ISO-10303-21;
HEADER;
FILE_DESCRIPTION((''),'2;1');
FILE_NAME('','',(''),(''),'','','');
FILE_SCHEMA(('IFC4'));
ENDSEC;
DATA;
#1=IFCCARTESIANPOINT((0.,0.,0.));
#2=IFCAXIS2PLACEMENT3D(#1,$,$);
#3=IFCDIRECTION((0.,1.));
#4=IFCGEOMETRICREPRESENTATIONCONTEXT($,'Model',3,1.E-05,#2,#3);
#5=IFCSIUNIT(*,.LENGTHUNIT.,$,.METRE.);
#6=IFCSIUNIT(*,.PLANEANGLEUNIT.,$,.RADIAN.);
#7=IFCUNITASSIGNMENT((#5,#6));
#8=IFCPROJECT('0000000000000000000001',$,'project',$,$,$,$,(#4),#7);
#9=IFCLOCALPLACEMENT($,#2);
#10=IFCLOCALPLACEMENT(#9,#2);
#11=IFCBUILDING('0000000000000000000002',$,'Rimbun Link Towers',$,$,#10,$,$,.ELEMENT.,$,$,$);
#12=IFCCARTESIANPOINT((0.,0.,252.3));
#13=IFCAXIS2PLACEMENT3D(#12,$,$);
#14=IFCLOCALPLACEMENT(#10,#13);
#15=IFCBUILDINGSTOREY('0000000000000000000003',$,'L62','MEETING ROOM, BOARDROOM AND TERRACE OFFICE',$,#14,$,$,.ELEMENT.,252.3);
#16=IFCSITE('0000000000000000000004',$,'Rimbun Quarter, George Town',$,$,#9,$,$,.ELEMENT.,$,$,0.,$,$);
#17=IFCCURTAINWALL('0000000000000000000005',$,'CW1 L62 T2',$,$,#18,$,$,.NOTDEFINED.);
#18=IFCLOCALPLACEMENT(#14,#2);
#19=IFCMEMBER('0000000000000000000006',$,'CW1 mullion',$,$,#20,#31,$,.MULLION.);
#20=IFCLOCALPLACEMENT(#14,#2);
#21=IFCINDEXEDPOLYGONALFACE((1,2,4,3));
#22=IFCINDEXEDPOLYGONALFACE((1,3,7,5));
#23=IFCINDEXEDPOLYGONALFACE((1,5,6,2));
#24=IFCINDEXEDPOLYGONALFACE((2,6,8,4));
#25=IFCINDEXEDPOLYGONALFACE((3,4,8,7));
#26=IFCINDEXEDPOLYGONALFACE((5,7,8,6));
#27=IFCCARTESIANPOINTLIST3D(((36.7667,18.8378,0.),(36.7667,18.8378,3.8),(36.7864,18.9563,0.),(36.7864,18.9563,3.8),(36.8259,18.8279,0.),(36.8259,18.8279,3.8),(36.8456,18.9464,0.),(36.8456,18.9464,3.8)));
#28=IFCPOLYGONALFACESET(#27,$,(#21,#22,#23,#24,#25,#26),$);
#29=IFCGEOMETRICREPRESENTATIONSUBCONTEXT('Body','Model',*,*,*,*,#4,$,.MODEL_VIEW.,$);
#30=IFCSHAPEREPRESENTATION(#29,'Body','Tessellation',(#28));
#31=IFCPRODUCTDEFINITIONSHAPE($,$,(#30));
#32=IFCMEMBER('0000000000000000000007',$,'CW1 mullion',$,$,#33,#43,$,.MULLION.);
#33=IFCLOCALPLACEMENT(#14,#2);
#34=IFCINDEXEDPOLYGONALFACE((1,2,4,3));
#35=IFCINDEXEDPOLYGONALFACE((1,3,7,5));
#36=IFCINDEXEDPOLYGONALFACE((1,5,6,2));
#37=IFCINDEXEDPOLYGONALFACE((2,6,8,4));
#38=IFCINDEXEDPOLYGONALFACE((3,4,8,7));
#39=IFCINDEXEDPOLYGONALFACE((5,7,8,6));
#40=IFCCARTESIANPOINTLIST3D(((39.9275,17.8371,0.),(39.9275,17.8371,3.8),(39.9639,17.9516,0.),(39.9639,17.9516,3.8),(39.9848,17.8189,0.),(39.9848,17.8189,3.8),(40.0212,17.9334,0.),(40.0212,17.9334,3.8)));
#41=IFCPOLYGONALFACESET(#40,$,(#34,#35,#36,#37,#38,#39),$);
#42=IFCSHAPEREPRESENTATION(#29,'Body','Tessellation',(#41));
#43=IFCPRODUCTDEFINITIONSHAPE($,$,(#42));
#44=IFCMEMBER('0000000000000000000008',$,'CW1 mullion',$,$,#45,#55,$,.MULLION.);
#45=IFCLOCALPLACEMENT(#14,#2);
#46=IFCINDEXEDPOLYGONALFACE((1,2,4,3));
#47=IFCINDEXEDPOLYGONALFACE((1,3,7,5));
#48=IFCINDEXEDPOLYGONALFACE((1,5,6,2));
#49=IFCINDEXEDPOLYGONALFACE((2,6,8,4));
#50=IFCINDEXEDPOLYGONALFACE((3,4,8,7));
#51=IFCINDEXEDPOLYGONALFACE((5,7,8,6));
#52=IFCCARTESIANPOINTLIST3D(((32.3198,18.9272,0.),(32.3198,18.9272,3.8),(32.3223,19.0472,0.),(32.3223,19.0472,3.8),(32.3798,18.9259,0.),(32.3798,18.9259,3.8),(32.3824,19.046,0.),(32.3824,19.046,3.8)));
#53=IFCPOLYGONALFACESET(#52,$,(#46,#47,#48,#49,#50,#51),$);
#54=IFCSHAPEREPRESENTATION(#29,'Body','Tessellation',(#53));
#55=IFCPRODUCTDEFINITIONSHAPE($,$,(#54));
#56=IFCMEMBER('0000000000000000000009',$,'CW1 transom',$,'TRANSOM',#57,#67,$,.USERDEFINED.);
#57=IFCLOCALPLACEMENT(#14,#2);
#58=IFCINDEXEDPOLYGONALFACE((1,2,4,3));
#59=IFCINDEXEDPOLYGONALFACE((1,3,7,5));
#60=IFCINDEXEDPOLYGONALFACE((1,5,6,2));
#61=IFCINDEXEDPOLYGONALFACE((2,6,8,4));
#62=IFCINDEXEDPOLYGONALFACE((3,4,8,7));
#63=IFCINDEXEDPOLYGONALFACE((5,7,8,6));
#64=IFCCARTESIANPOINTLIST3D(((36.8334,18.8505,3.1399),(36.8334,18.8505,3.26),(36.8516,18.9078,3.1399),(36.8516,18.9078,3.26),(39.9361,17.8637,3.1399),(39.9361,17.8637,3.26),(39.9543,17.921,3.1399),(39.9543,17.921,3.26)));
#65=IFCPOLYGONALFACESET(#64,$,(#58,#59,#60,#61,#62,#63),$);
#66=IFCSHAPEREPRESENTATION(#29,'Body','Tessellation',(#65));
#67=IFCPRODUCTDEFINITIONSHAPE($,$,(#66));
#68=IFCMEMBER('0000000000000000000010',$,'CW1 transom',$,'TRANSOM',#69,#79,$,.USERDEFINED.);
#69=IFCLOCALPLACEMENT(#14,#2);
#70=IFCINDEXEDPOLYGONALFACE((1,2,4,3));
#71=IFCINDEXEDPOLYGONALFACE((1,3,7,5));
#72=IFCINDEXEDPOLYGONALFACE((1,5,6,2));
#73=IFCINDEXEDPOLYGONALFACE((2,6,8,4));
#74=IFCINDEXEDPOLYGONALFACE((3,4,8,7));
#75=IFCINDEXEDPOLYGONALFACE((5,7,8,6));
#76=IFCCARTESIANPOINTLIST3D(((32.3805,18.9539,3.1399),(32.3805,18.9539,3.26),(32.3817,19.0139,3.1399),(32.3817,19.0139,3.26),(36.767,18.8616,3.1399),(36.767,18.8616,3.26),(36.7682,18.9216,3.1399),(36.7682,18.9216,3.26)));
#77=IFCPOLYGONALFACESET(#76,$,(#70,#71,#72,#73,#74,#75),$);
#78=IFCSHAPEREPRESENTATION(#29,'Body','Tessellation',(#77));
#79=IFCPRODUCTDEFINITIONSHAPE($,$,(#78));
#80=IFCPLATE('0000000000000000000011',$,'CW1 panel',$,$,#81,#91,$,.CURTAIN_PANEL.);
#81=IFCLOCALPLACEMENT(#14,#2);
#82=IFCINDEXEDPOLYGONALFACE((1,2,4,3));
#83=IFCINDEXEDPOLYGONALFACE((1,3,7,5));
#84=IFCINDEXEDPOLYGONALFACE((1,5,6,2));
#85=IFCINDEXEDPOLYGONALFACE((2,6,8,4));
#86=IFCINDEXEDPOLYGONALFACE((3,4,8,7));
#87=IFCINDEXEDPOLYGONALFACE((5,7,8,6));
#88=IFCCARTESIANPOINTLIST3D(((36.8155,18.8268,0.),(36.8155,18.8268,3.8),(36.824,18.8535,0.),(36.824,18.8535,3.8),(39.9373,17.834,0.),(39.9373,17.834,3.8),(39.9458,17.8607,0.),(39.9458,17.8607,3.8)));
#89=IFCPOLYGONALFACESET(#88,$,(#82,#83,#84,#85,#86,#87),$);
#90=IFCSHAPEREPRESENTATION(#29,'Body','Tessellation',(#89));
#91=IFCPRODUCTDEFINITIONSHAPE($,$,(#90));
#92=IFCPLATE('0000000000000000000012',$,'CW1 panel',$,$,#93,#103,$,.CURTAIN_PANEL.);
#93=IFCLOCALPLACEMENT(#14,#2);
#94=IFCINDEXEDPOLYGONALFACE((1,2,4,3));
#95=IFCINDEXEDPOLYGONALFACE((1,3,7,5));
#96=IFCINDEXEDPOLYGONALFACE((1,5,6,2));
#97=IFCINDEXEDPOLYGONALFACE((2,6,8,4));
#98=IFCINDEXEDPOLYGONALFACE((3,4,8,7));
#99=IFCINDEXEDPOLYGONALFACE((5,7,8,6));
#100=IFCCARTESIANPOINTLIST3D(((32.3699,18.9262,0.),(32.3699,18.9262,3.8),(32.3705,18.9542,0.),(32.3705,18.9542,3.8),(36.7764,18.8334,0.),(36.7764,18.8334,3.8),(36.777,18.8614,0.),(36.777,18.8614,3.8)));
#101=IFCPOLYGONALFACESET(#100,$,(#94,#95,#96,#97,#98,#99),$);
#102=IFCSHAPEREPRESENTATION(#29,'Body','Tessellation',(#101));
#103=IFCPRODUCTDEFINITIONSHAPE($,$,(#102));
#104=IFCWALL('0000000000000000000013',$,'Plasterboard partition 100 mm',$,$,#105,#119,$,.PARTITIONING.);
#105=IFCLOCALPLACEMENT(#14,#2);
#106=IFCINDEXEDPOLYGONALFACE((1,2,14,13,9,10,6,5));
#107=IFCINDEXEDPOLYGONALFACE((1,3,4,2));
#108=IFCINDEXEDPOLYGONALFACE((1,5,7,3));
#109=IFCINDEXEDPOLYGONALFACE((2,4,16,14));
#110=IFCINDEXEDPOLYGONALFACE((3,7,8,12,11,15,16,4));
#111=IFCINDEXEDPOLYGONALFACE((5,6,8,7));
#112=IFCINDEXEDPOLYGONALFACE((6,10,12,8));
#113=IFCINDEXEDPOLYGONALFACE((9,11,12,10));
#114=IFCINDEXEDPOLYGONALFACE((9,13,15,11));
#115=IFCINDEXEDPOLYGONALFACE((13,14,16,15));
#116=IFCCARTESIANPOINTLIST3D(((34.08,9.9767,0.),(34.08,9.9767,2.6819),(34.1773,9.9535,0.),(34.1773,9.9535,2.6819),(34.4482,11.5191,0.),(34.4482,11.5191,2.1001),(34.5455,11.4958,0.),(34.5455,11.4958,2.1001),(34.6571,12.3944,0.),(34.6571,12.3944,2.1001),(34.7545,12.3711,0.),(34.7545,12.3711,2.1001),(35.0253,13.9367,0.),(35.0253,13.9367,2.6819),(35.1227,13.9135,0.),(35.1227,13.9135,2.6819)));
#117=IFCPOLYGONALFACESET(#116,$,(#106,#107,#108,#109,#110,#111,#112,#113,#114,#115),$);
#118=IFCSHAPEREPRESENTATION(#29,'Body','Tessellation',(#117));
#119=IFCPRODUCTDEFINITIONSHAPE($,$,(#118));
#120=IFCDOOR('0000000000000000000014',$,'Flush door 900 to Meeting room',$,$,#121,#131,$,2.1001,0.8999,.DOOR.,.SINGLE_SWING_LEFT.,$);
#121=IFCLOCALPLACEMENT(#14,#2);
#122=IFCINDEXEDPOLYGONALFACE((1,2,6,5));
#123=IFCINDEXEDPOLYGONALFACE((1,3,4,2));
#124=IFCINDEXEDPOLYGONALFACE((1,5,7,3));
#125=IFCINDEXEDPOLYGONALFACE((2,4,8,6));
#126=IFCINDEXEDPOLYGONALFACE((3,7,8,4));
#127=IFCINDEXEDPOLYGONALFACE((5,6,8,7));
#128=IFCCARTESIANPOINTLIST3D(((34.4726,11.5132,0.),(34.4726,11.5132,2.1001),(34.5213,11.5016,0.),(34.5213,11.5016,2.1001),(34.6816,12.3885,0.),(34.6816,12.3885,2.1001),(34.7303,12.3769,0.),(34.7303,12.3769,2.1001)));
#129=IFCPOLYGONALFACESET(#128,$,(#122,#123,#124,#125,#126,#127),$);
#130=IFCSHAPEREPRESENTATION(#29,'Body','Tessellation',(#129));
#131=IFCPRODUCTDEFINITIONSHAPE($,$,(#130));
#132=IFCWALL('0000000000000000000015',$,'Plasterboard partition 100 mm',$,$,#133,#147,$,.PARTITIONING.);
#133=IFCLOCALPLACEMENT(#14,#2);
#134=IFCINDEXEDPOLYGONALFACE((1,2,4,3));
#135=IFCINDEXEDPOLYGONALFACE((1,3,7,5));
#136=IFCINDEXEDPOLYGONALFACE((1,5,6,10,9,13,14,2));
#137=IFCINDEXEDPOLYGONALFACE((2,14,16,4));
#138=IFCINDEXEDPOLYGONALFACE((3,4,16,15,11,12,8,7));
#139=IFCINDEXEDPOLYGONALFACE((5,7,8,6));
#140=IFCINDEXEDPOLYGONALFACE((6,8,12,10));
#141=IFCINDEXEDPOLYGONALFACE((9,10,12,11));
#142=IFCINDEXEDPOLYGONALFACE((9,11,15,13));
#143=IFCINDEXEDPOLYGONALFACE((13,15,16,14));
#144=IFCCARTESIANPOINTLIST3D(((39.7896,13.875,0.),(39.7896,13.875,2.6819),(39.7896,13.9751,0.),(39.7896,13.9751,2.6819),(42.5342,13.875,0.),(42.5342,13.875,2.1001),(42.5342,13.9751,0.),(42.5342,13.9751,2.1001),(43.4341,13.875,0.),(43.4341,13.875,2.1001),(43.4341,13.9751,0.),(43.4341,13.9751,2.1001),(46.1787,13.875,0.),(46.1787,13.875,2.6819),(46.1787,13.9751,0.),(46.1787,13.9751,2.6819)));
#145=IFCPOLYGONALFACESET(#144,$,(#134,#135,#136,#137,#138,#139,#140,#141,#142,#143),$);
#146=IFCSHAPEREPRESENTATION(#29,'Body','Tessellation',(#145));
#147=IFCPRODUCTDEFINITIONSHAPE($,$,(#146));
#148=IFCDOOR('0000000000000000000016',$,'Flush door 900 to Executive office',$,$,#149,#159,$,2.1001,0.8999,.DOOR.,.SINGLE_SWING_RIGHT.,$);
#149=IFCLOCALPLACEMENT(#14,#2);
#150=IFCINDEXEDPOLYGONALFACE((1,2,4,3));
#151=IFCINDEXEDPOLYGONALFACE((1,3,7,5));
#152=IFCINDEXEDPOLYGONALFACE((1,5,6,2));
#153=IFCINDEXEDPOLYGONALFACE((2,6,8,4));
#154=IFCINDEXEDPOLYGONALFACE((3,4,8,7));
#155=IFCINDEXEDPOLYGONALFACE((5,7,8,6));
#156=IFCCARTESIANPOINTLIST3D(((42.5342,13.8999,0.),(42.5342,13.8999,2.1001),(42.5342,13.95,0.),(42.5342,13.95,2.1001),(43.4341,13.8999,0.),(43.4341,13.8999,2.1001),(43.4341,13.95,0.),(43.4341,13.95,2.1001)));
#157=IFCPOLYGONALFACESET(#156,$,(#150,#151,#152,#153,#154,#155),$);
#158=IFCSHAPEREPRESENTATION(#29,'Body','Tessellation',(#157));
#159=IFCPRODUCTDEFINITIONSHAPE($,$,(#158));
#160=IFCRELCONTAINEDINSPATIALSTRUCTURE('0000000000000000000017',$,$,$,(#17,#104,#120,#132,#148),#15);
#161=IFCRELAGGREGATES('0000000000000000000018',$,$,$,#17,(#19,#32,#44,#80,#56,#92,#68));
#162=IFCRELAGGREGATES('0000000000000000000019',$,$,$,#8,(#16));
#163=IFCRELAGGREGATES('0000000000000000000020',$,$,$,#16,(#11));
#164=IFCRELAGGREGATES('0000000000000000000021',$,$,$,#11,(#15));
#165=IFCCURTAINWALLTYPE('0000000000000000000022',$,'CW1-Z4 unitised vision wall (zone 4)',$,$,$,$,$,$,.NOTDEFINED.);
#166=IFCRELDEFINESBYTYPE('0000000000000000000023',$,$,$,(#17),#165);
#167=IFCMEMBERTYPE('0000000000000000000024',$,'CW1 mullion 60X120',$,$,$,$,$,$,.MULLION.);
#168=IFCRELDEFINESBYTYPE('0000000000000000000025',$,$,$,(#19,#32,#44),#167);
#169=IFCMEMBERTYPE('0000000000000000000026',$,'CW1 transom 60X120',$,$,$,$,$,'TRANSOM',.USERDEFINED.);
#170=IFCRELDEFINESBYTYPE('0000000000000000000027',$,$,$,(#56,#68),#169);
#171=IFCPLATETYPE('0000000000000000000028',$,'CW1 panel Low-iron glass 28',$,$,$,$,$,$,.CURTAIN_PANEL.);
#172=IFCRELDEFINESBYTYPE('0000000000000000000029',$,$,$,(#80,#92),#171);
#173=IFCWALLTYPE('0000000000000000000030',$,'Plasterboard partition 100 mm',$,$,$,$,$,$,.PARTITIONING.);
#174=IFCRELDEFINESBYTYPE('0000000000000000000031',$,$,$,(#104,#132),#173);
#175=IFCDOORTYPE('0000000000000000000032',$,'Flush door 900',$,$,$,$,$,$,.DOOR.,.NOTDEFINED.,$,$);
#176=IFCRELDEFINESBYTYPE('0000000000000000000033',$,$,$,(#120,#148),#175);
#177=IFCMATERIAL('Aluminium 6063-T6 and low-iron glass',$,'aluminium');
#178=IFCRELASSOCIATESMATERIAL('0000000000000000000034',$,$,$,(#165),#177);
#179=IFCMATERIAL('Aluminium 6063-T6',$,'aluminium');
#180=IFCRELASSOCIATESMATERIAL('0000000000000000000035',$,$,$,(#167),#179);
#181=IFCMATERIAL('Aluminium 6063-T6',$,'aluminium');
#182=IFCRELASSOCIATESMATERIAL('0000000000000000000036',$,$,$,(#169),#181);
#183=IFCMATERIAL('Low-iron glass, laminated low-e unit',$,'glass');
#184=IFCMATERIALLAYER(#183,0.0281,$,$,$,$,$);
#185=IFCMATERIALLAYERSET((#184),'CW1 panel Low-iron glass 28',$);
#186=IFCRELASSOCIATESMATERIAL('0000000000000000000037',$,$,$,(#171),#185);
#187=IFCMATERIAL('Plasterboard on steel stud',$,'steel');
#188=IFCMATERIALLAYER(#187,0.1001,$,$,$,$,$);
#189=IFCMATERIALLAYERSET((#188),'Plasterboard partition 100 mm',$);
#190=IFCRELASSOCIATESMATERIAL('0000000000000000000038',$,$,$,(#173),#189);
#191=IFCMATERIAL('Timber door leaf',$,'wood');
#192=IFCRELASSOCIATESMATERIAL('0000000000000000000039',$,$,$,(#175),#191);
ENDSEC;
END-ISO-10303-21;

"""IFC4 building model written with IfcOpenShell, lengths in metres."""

from ifc_helpers import new_model, si_unit, direction, frame, frame_2d, origin, origin_2d, place, context, subcontext, project, spatial, rectangle, extrude, material, layer, layer_set, material_profile, profile_set, type_object, element, fill, aggregate, save


model = new_model("IFC4")

# Units and contexts
model_context = context("Model", 3, precision=1e-05, world=origin(), true_north=direction((0.0, 1.0)))
body_context = subcontext(model_context, "Body", "Model", "MODEL_VIEW")
ifc_project = project(units=[si_unit("LENGTHUNIT", "METRE"), si_unit("PLANEANGLEUNIT", "RADIAN")], contexts=[model_context])

# Site, building, storey
site_placement = place(None, origin())
site = spatial("IfcSite", under=ifc_project, at=site_placement, Name="Rimbun Quarter, George Town", CompositionType="ELEMENT", RefElevation=0.0)
building_placement = place(site_placement, origin())
building = spatial("IfcBuilding", under=site, at=building_placement, Name="Rimbun Link Towers", CompositionType="ELEMENT")
storey_placement = place(building_placement, frame((0.0, 0.0, 252.3)))
storey = spatial("IfcBuildingStorey", under=building, at=storey_placement, Name="L62", Description="MEETING ROOM, BOARDROOM AND TERRACE OFFICE", CompositionType="ELEMENT", Elevation=252.3)

# Curtain wall, members
ifc_material_1 = material(Name="Aluminium 6063-T6 and low-iron glass", Category="aluminium")
curtain_wall_type = type_object("IfcCurtainWallType", Name="CW1-Z4 unitised vision wall (zone 4)", PredefinedType="NOTDEFINED", material=ifc_material_1)
curtain_wall_placement = place(storey_placement, origin())
curtain_wall = element("IfcCurtainWall", 1, at=curtain_wall_placement, inside=storey, type_object=curtain_wall_type, Name="CW1 L62 T2", PredefinedType="NOTDEFINED")
ifc_material_2 = material(Name="Aluminium 6063-T6", Category="aluminium")
ifc_material_profile_1 = material_profile(ifc_material_2, rectangle(XDim=0.1201, YDim=0.0601, at=origin_2d()), Name="MULLION 60X120")
ifc_profile_set_1 = profile_set([ifc_material_profile_1], Name="Aluminium 6063-T6")
member_type_1 = type_object("IfcMemberType", Name="CW1 mullion 60X120", PredefinedType="MULLION", material=ifc_profile_set_1)
member_1_placement = place(storey_placement, frame((36.8062, 18.8921, 0.0), z_axis=(0.0, 0.0, 1.0), x_axis=(0.163742, 0.986503, 0.0)))
member_1 = element("IfcMember", 2, at=member_1_placement, type_object=member_type_1, Name="CW1 mullion", PredefinedType="MULLION", context=body_context, shape_type="SweptSolid", body=[
    extrude(rectangle(XDim=0.1201, YDim=0.0601, at=origin_2d()), origin(), (0.0, 0.0, 1.0), 3.8),
])
member_2_placement = place(storey_placement, frame((39.9744, 17.8853, 0.0), z_axis=(0.0, 0.0, 1.0), x_axis=(0.303061, 0.952971, 0.0)))
member_2 = element("IfcMember", 3, at=member_2_placement, type_object=member_type_1, Name="CW1 mullion", PredefinedType="MULLION", context=body_context, shape_type="SweptSolid", body=[
    extrude(rectangle(XDim=0.1201, YDim=0.0601, at=origin_2d()), origin(), (0.0, 0.0, 1.0), 3.8),
])
member_3_placement = place(storey_placement, frame((32.3511, 18.9866, 0.0), z_axis=(0.0, 0.0, 1.0), x_axis=(0.02106, 0.999778, 0.0)))
member_3 = element("IfcMember", 4, at=member_3_placement, type_object=member_type_1, Name="CW1 mullion", PredefinedType="MULLION", context=body_context, shape_type="SweptSolid", body=[
    extrude(rectangle(XDim=0.1201, YDim=0.0601, at=origin_2d()), origin(), (0.0, 0.0, 1.0), 3.8),
])
ifc_material_3 = material(Name="Aluminium 6063-T6", Category="aluminium")
ifc_material_profile_2 = material_profile(ifc_material_3, rectangle(XDim=0.0601, YDim=0.1201, at=origin_2d()), Name="TRANSOM 60X120")
ifc_profile_set_2 = profile_set([ifc_material_profile_2], Name="Aluminium 6063-T6")
member_type_2 = type_object("IfcMemberType", Name="CW1 transom 60X120", ElementType="TRANSOM", PredefinedType="USERDEFINED", material=ifc_profile_set_2)
member_4_placement = place(storey_placement, frame((36.8425, 18.8792, 3.2), z_axis=(0.952964, -0.303083, 0.0), x_axis=(0.303083, 0.952964, 0.0)))
member_4 = element("IfcMember", 5, at=member_4_placement, type_object=member_type_2, Name="CW1 transom", ObjectType="TRANSOM", PredefinedType="USERDEFINED", context=body_context, shape_type="SweptSolid", body=[
    extrude(rectangle(XDim=0.0601, YDim=0.1201, at=origin_2d()), origin(), (0.0, 0.0, 1.0), 3.2559),
])
member_5_placement = place(storey_placement, frame((32.3811, 18.9839, 3.2), z_axis=(0.999779, -0.021034, 0.0), x_axis=(0.021034, 0.999779, 0.0)))
member_5 = element("IfcMember", 6, at=member_5_placement, type_object=member_type_2, Name="CW1 transom", ObjectType="TRANSOM", PredefinedType="USERDEFINED", context=body_context, shape_type="SweptSolid", body=[
    extrude(rectangle(XDim=0.0601, YDim=0.1201, at=origin_2d()), origin(), (0.0, 0.0, 1.0), 4.3875),
])

# Plates
ifc_material_4 = material(Name="Low-iron glass, laminated low-e unit", Category="glass")
ifc_layer_1 = layer(ifc_material_4, 0.0281)
ifc_layer_set_1 = layer_set([ifc_layer_1], Name="CW1 panel Low-iron glass 28")
plate_type = type_object("IfcPlateType", Name="CW1 panel Low-iron glass 28", PredefinedType="CURTAIN_PANEL", material=ifc_layer_set_1)
plate_1_placement = place(storey_placement, frame((38.3806, 18.3438, 0.0), z_axis=(0.0, 0.0, 1.0), x_axis=(0.952971, -0.303061, 0.0)))
plate_1 = element("IfcPlate", 7, at=plate_1_placement, type_object=plate_type, Name="CW1 panel", PredefinedType="CURTAIN_PANEL", context=body_context, shape_type="SweptSolid", body=[
    extrude(rectangle(XDim=3.2759, YDim=0.0281, at=origin_2d()), origin(), (0.0, 0.0, 1.0), 3.8),
])
plate_2_placement = place(storey_placement, frame((34.5735, 18.8938, 0.0), z_axis=(0.0, 0.0, 1.0), x_axis=(0.999778, -0.02106, 0.0)))
plate_2 = element("IfcPlate", 8, at=plate_2_placement, type_object=plate_type, Name="CW1 panel", PredefinedType="CURTAIN_PANEL", context=body_context, shape_type="SweptSolid", body=[
    extrude(rectangle(XDim=4.4075, YDim=0.0281, at=origin_2d()), origin(), (0.0, 0.0, 1.0), 3.8),
])
aggregate(curtain_wall, [member_1, member_2, member_3, plate_1, member_4, plate_2, member_5])

# Walls, openings, doors
ifc_material_5 = material(Name="Plasterboard on steel stud", Category="steel")
ifc_layer_2 = layer(ifc_material_5, 0.1001)
ifc_layer_set_2 = layer_set([ifc_layer_2], Name="Plasterboard partition 100 mm")
wall_type = type_object("IfcWallType", Name="Plasterboard partition 100 mm", PredefinedType="PARTITIONING", material=ifc_layer_set_2)
wall_1_placement = place(storey_placement, frame((34.1287, 9.9651, 0.0), z_axis=(0.0, 0.0, 1.0), x_axis=(0.232193, 0.97267, 0.0)))
wall_1 = element("IfcWall", 9, at=wall_1_placement, inside=storey, type_object=wall_type, Name="Plasterboard partition 100 mm", PredefinedType="PARTITIONING", context=body_context, shape_type="SweptSolid", body=[
    extrude(rectangle(XDim=4.0713, YDim=0.1001, at=frame_2d((2.0356, 0.0))), origin(), (0.0, 0.0, 1.0), 2.6819),
])
opening_1_placement = place(wall_1_placement, frame((1.5857, 0.0, 0.0)))
opening_1 = element("IfcOpeningElement", 10, at=opening_1_placement, cuts=wall_1, PredefinedType="OPENING", context=body_context, shape_type="SweptSolid", body=[
    extrude(rectangle(XDim=0.8999, YDim=2.1001, at=frame_2d((0.45, 1.05))), frame((0.0, 0.0601, 0.0), z_axis=(0.0, -1.0, 0.0), x_axis=(1.0, 0.0, 0.0)), (0.0, 0.0, 1.0), 0.1201),
])
ifc_material_6 = material(Name="Timber door leaf", Category="wood")
door_type_1 = type_object("IfcDoorType", Name="Flush door 900", OperationType="NOTDEFINED", PredefinedType="DOOR", material=ifc_material_6)
door_1_placement = place(opening_1_placement, origin())
door_1 = element("IfcDoor", 11, at=door_1_placement, inside=storey, type_object=door_type_1, Name="Flush door 900 to Meeting room", OperationType="SINGLE_SWING_LEFT", OverallHeight=2.1001, OverallWidth=0.8999, PredefinedType="DOOR", context=body_context, shape_type="SweptSolid", body=[
    extrude(rectangle(XDim=0.8999, YDim=2.1001, at=frame_2d((0.45, 1.05))), frame((0.0, 0.0249, 0.0), z_axis=(0.0, -1.0, 0.0), x_axis=(1.0, 0.0, 0.0)), (0.0, 0.0, 1.0), 0.05),
])
fill(opening_1, door_1)
wall_2_placement = place(storey_placement, frame((39.7896, 13.925, 0.0), z_axis=(0.0, 0.0, 1.0), x_axis=(1.0, 0.0, 0.0)))
wall_2 = element("IfcWall", 12, at=wall_2_placement, inside=storey, type_object=wall_type, Name="Plasterboard partition 100 mm", PredefinedType="PARTITIONING", context=body_context, shape_type="SweptSolid", body=[
    extrude(rectangle(XDim=6.3892, YDim=0.1001, at=frame_2d((3.1946, 0.0))), origin(), (0.0, 0.0, 1.0), 2.6819),
])
opening_2_placement = place(wall_2_placement, frame((2.7446, 0.0, 0.0)))
opening_2 = element("IfcOpeningElement", 13, at=opening_2_placement, cuts=wall_2, PredefinedType="OPENING", context=body_context, shape_type="SweptSolid", body=[
    extrude(rectangle(XDim=0.8999, YDim=2.1001, at=frame_2d((0.45, 1.05))), frame((0.0, 0.0601, 0.0), z_axis=(0.0, -1.0, 0.0), x_axis=(1.0, 0.0, 0.0)), (0.0, 0.0, 1.0), 0.1201),
])
door_2_placement = place(opening_2_placement, origin())
door_2 = element("IfcDoor", 14, at=door_2_placement, inside=storey, type_object=door_type_1, Name="Flush door 900 to Executive office", OperationType="SINGLE_SWING_RIGHT", OverallHeight=2.1001, OverallWidth=0.8999, PredefinedType="DOOR", context=body_context, shape_type="SweptSolid", body=[
    extrude(rectangle(XDim=0.8999, YDim=2.1001, at=frame_2d((0.45, 1.05))), frame((0.0, 0.0249, 0.0), z_axis=(0.0, -1.0, 0.0), x_axis=(1.0, 0.0, 0.0)), (0.0, 0.0, 1.0), 0.05),
])
fill(opening_2, door_2)

save(model, "model.ifc")
